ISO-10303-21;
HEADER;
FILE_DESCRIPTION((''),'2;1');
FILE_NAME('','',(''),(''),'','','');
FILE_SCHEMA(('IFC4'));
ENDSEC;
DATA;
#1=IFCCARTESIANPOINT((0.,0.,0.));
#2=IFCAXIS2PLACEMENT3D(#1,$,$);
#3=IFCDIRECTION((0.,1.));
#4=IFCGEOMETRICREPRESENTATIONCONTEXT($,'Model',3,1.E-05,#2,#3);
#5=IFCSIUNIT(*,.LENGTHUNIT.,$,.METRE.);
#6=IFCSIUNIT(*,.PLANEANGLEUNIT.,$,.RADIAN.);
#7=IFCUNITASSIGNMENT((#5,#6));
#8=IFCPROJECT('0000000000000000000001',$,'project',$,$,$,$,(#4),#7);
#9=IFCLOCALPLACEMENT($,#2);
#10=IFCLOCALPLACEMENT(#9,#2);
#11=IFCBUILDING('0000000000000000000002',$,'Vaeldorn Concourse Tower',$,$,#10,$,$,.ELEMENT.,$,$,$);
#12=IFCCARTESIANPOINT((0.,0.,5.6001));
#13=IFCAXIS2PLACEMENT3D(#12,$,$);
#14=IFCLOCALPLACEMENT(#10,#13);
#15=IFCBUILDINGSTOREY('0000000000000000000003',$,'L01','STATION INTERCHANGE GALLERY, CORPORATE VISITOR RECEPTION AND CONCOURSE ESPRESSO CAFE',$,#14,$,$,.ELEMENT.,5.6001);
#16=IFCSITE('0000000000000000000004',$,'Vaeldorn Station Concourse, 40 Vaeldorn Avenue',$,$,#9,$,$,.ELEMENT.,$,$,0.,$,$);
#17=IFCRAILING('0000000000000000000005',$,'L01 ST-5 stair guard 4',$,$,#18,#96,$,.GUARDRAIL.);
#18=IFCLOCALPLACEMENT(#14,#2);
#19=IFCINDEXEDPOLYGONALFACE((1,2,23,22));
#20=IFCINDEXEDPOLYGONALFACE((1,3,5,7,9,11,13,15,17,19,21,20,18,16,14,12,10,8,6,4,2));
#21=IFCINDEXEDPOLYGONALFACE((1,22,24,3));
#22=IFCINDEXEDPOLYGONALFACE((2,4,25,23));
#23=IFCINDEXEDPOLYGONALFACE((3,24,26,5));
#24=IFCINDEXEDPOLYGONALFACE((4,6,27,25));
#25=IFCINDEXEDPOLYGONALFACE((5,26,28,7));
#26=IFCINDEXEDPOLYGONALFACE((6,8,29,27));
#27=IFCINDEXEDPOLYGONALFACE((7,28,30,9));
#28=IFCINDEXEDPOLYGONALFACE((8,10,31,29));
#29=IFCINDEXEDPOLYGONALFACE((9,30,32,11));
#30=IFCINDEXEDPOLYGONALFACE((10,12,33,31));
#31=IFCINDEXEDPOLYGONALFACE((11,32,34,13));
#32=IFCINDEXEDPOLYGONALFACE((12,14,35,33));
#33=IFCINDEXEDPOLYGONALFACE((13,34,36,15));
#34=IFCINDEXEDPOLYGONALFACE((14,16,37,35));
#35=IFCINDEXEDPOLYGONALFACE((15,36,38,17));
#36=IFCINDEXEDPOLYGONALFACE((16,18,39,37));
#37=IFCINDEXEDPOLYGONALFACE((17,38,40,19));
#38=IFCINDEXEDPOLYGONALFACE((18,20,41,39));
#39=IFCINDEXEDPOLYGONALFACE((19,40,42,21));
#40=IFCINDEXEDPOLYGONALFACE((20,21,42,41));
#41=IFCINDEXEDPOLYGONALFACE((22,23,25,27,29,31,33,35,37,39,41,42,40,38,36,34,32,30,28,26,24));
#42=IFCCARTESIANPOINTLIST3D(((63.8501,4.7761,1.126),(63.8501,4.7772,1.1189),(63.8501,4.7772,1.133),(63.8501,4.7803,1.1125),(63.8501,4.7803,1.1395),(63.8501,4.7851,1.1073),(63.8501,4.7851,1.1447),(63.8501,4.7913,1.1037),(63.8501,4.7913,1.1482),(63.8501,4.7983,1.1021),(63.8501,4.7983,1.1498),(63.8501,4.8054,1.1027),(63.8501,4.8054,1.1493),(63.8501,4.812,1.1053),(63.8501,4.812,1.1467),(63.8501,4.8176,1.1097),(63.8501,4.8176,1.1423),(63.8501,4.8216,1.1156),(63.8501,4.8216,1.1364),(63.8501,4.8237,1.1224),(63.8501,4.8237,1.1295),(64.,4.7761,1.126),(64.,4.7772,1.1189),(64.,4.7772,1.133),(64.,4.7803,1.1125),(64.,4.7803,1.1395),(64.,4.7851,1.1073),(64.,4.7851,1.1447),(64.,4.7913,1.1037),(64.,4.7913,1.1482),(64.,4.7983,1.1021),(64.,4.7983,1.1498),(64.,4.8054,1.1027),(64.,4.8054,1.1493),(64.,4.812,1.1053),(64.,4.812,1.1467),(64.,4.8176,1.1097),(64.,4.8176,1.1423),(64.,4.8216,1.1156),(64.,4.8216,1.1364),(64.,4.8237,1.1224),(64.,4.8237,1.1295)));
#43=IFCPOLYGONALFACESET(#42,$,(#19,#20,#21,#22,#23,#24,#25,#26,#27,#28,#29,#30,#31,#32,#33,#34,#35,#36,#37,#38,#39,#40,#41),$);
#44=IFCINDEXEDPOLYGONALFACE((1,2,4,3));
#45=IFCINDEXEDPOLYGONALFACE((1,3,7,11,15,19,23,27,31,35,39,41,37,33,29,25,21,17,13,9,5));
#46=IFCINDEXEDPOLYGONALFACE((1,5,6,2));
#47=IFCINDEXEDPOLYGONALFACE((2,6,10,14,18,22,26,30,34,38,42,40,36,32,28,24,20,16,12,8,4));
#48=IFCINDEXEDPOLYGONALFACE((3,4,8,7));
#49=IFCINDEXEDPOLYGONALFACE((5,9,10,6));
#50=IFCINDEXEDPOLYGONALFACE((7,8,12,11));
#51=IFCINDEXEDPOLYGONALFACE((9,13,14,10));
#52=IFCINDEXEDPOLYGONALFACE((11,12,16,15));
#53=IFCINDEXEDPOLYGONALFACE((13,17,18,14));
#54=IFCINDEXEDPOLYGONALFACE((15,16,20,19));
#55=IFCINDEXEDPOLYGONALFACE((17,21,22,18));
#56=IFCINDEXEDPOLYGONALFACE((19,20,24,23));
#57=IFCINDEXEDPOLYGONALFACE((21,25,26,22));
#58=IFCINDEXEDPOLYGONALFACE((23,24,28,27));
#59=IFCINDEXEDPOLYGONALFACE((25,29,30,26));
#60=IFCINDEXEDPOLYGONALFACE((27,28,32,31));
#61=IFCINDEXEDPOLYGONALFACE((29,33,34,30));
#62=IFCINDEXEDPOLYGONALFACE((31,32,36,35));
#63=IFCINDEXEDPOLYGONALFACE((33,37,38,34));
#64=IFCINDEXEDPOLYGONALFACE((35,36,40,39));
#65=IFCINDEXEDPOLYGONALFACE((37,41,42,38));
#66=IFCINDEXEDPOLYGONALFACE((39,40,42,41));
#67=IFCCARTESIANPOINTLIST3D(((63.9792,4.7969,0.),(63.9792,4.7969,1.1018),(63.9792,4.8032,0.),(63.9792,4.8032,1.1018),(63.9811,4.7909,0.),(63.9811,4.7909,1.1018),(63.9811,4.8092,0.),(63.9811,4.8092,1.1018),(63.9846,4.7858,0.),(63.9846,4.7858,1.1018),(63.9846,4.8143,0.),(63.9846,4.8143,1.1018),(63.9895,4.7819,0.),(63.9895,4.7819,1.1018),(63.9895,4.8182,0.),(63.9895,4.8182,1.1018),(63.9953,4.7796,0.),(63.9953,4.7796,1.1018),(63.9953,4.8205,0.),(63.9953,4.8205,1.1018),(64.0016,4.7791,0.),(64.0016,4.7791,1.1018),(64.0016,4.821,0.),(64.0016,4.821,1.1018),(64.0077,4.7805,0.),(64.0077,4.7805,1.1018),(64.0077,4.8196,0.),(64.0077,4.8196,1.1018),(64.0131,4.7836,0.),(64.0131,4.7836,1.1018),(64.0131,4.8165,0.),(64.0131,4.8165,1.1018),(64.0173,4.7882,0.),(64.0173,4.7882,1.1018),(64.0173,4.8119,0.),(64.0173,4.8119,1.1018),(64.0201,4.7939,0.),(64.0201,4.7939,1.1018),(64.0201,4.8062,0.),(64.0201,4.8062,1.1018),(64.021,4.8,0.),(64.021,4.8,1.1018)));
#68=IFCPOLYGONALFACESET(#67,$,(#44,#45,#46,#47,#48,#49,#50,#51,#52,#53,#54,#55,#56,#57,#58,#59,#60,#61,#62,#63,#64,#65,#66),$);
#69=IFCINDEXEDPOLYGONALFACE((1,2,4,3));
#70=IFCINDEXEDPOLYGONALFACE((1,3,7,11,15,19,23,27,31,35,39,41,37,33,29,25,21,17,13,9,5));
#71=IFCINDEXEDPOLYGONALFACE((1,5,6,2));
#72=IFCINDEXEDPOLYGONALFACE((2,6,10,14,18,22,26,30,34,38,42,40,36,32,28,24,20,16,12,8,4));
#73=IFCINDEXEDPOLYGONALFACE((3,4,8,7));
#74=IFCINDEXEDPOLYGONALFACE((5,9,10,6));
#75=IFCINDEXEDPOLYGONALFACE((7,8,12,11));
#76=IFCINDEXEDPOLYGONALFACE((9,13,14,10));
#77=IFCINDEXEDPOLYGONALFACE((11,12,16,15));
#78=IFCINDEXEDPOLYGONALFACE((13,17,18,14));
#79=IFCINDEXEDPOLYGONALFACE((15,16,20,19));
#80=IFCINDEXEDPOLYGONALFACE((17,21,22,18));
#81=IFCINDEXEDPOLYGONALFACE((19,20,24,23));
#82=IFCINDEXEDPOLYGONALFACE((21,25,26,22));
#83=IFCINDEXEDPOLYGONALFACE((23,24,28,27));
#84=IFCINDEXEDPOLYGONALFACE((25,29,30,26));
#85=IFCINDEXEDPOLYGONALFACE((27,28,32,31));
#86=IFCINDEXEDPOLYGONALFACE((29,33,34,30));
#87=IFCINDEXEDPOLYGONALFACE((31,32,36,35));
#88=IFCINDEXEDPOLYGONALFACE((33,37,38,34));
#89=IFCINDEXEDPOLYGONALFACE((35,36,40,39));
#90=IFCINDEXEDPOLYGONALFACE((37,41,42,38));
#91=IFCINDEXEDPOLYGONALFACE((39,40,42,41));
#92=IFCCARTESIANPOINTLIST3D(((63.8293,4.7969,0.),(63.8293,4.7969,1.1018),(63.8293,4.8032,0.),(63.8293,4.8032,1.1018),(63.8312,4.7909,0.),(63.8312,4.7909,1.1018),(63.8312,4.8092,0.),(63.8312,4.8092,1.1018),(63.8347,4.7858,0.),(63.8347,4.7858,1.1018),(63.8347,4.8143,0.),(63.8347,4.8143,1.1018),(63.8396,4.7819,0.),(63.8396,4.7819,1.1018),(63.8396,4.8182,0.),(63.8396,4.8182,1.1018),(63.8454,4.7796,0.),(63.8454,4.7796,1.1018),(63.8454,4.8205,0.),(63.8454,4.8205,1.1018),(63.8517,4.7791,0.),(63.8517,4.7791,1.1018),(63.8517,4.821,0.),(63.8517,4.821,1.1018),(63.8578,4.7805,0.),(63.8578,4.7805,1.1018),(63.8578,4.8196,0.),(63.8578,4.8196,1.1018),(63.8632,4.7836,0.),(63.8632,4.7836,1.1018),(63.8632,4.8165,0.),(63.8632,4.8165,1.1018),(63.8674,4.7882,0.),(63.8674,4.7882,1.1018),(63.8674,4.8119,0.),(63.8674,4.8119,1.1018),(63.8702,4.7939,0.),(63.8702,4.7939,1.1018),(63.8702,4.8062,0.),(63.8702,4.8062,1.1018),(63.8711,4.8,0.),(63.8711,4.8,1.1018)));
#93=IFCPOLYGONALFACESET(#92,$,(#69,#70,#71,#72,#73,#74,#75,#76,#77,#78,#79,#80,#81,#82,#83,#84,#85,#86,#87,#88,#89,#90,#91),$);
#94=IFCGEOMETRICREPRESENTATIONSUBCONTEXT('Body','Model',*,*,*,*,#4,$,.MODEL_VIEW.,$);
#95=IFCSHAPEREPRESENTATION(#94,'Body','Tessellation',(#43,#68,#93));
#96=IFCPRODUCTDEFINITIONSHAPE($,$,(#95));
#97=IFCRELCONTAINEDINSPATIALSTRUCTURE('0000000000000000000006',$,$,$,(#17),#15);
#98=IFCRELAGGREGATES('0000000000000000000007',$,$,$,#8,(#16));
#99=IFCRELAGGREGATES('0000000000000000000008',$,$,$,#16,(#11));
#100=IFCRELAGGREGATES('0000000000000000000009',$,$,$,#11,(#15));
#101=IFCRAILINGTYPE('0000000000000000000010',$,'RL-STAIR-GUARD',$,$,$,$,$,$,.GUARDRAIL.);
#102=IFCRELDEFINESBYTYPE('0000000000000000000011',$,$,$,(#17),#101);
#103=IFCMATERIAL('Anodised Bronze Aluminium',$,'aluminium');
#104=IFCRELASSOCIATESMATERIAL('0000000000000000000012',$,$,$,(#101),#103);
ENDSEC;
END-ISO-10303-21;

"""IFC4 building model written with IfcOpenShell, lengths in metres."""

from ifc_helpers import new_model, si_unit, direction, frame, origin, origin_2d, place, context, subcontext, project, spatial, circle, extrude, material, type_object, element, save


model = new_model("IFC4")

# Units and contexts
model_context = context("Model", 3, precision=1e-05, world=origin(), true_north=direction((0.0, 1.0)))
body_context = subcontext(model_context, "Body", "Model", "MODEL_VIEW")
ifc_project = project(units=[si_unit("LENGTHUNIT", "METRE"), si_unit("PLANEANGLEUNIT", "RADIAN")], contexts=[model_context])

# Site, building, storey
site_placement = place(None, origin())
site = spatial("IfcSite", under=ifc_project, at=site_placement, Name="Vaeldorn Station Concourse, 40 Vaeldorn Avenue", CompositionType="ELEMENT", RefElevation=0.0)
building_placement = place(site_placement, origin())
building = spatial("IfcBuilding", under=site, at=building_placement, Name="Vaeldorn Concourse Tower", CompositionType="ELEMENT")
storey_placement = place(building_placement, frame((0.0, 0.0, 5.6001)))
storey = spatial("IfcBuildingStorey", under=building, at=storey_placement, Name="L01", Description="STATION INTERCHANGE GALLERY, CORPORATE VISITOR RECEPTION AND CONCOURSE ESPRESSO CAFE", CompositionType="ELEMENT", Elevation=5.6001)

# Shared definitions
ifc_material_1 = material(Name="Anodised Bronze Aluminium", Category="aluminium")

# Railing
railing_type_1 = type_object("IfcRailingType", Name="RL-STAIR-GUARD", PredefinedType="GUARDRAIL", material=ifc_material_1)
railing_1_placement = place(storey_placement, frame((64.0, 4.8, 0.0)))
element("IfcRailing", 1, at=railing_1_placement, inside=storey, type_object=railing_type_1, Name="L01 ST-5 stair guard 4", PredefinedType="GUARDRAIL", context=body_context, shape_type="SweptSolid", body=[
    extrude(circle(Radius=0.0239, at=origin_2d()), frame((0.0, 0.0, 1.126), z_axis=(-1.0, 0.0, 0.0), x_axis=(0.0, -1.0, 0.0)), (0.0, 0.0, 1.0), 0.1499),
    extrude(circle(Radius=0.021, at=origin_2d()), origin(), (0.0, 0.0, 1.0), 1.1018),
    extrude(circle(Radius=0.021, at=origin_2d()), frame((-0.1499, 0.0, 0.0)), (0.0, 0.0, 1.0), 1.1018),
])

save(model, "model.ifc")
